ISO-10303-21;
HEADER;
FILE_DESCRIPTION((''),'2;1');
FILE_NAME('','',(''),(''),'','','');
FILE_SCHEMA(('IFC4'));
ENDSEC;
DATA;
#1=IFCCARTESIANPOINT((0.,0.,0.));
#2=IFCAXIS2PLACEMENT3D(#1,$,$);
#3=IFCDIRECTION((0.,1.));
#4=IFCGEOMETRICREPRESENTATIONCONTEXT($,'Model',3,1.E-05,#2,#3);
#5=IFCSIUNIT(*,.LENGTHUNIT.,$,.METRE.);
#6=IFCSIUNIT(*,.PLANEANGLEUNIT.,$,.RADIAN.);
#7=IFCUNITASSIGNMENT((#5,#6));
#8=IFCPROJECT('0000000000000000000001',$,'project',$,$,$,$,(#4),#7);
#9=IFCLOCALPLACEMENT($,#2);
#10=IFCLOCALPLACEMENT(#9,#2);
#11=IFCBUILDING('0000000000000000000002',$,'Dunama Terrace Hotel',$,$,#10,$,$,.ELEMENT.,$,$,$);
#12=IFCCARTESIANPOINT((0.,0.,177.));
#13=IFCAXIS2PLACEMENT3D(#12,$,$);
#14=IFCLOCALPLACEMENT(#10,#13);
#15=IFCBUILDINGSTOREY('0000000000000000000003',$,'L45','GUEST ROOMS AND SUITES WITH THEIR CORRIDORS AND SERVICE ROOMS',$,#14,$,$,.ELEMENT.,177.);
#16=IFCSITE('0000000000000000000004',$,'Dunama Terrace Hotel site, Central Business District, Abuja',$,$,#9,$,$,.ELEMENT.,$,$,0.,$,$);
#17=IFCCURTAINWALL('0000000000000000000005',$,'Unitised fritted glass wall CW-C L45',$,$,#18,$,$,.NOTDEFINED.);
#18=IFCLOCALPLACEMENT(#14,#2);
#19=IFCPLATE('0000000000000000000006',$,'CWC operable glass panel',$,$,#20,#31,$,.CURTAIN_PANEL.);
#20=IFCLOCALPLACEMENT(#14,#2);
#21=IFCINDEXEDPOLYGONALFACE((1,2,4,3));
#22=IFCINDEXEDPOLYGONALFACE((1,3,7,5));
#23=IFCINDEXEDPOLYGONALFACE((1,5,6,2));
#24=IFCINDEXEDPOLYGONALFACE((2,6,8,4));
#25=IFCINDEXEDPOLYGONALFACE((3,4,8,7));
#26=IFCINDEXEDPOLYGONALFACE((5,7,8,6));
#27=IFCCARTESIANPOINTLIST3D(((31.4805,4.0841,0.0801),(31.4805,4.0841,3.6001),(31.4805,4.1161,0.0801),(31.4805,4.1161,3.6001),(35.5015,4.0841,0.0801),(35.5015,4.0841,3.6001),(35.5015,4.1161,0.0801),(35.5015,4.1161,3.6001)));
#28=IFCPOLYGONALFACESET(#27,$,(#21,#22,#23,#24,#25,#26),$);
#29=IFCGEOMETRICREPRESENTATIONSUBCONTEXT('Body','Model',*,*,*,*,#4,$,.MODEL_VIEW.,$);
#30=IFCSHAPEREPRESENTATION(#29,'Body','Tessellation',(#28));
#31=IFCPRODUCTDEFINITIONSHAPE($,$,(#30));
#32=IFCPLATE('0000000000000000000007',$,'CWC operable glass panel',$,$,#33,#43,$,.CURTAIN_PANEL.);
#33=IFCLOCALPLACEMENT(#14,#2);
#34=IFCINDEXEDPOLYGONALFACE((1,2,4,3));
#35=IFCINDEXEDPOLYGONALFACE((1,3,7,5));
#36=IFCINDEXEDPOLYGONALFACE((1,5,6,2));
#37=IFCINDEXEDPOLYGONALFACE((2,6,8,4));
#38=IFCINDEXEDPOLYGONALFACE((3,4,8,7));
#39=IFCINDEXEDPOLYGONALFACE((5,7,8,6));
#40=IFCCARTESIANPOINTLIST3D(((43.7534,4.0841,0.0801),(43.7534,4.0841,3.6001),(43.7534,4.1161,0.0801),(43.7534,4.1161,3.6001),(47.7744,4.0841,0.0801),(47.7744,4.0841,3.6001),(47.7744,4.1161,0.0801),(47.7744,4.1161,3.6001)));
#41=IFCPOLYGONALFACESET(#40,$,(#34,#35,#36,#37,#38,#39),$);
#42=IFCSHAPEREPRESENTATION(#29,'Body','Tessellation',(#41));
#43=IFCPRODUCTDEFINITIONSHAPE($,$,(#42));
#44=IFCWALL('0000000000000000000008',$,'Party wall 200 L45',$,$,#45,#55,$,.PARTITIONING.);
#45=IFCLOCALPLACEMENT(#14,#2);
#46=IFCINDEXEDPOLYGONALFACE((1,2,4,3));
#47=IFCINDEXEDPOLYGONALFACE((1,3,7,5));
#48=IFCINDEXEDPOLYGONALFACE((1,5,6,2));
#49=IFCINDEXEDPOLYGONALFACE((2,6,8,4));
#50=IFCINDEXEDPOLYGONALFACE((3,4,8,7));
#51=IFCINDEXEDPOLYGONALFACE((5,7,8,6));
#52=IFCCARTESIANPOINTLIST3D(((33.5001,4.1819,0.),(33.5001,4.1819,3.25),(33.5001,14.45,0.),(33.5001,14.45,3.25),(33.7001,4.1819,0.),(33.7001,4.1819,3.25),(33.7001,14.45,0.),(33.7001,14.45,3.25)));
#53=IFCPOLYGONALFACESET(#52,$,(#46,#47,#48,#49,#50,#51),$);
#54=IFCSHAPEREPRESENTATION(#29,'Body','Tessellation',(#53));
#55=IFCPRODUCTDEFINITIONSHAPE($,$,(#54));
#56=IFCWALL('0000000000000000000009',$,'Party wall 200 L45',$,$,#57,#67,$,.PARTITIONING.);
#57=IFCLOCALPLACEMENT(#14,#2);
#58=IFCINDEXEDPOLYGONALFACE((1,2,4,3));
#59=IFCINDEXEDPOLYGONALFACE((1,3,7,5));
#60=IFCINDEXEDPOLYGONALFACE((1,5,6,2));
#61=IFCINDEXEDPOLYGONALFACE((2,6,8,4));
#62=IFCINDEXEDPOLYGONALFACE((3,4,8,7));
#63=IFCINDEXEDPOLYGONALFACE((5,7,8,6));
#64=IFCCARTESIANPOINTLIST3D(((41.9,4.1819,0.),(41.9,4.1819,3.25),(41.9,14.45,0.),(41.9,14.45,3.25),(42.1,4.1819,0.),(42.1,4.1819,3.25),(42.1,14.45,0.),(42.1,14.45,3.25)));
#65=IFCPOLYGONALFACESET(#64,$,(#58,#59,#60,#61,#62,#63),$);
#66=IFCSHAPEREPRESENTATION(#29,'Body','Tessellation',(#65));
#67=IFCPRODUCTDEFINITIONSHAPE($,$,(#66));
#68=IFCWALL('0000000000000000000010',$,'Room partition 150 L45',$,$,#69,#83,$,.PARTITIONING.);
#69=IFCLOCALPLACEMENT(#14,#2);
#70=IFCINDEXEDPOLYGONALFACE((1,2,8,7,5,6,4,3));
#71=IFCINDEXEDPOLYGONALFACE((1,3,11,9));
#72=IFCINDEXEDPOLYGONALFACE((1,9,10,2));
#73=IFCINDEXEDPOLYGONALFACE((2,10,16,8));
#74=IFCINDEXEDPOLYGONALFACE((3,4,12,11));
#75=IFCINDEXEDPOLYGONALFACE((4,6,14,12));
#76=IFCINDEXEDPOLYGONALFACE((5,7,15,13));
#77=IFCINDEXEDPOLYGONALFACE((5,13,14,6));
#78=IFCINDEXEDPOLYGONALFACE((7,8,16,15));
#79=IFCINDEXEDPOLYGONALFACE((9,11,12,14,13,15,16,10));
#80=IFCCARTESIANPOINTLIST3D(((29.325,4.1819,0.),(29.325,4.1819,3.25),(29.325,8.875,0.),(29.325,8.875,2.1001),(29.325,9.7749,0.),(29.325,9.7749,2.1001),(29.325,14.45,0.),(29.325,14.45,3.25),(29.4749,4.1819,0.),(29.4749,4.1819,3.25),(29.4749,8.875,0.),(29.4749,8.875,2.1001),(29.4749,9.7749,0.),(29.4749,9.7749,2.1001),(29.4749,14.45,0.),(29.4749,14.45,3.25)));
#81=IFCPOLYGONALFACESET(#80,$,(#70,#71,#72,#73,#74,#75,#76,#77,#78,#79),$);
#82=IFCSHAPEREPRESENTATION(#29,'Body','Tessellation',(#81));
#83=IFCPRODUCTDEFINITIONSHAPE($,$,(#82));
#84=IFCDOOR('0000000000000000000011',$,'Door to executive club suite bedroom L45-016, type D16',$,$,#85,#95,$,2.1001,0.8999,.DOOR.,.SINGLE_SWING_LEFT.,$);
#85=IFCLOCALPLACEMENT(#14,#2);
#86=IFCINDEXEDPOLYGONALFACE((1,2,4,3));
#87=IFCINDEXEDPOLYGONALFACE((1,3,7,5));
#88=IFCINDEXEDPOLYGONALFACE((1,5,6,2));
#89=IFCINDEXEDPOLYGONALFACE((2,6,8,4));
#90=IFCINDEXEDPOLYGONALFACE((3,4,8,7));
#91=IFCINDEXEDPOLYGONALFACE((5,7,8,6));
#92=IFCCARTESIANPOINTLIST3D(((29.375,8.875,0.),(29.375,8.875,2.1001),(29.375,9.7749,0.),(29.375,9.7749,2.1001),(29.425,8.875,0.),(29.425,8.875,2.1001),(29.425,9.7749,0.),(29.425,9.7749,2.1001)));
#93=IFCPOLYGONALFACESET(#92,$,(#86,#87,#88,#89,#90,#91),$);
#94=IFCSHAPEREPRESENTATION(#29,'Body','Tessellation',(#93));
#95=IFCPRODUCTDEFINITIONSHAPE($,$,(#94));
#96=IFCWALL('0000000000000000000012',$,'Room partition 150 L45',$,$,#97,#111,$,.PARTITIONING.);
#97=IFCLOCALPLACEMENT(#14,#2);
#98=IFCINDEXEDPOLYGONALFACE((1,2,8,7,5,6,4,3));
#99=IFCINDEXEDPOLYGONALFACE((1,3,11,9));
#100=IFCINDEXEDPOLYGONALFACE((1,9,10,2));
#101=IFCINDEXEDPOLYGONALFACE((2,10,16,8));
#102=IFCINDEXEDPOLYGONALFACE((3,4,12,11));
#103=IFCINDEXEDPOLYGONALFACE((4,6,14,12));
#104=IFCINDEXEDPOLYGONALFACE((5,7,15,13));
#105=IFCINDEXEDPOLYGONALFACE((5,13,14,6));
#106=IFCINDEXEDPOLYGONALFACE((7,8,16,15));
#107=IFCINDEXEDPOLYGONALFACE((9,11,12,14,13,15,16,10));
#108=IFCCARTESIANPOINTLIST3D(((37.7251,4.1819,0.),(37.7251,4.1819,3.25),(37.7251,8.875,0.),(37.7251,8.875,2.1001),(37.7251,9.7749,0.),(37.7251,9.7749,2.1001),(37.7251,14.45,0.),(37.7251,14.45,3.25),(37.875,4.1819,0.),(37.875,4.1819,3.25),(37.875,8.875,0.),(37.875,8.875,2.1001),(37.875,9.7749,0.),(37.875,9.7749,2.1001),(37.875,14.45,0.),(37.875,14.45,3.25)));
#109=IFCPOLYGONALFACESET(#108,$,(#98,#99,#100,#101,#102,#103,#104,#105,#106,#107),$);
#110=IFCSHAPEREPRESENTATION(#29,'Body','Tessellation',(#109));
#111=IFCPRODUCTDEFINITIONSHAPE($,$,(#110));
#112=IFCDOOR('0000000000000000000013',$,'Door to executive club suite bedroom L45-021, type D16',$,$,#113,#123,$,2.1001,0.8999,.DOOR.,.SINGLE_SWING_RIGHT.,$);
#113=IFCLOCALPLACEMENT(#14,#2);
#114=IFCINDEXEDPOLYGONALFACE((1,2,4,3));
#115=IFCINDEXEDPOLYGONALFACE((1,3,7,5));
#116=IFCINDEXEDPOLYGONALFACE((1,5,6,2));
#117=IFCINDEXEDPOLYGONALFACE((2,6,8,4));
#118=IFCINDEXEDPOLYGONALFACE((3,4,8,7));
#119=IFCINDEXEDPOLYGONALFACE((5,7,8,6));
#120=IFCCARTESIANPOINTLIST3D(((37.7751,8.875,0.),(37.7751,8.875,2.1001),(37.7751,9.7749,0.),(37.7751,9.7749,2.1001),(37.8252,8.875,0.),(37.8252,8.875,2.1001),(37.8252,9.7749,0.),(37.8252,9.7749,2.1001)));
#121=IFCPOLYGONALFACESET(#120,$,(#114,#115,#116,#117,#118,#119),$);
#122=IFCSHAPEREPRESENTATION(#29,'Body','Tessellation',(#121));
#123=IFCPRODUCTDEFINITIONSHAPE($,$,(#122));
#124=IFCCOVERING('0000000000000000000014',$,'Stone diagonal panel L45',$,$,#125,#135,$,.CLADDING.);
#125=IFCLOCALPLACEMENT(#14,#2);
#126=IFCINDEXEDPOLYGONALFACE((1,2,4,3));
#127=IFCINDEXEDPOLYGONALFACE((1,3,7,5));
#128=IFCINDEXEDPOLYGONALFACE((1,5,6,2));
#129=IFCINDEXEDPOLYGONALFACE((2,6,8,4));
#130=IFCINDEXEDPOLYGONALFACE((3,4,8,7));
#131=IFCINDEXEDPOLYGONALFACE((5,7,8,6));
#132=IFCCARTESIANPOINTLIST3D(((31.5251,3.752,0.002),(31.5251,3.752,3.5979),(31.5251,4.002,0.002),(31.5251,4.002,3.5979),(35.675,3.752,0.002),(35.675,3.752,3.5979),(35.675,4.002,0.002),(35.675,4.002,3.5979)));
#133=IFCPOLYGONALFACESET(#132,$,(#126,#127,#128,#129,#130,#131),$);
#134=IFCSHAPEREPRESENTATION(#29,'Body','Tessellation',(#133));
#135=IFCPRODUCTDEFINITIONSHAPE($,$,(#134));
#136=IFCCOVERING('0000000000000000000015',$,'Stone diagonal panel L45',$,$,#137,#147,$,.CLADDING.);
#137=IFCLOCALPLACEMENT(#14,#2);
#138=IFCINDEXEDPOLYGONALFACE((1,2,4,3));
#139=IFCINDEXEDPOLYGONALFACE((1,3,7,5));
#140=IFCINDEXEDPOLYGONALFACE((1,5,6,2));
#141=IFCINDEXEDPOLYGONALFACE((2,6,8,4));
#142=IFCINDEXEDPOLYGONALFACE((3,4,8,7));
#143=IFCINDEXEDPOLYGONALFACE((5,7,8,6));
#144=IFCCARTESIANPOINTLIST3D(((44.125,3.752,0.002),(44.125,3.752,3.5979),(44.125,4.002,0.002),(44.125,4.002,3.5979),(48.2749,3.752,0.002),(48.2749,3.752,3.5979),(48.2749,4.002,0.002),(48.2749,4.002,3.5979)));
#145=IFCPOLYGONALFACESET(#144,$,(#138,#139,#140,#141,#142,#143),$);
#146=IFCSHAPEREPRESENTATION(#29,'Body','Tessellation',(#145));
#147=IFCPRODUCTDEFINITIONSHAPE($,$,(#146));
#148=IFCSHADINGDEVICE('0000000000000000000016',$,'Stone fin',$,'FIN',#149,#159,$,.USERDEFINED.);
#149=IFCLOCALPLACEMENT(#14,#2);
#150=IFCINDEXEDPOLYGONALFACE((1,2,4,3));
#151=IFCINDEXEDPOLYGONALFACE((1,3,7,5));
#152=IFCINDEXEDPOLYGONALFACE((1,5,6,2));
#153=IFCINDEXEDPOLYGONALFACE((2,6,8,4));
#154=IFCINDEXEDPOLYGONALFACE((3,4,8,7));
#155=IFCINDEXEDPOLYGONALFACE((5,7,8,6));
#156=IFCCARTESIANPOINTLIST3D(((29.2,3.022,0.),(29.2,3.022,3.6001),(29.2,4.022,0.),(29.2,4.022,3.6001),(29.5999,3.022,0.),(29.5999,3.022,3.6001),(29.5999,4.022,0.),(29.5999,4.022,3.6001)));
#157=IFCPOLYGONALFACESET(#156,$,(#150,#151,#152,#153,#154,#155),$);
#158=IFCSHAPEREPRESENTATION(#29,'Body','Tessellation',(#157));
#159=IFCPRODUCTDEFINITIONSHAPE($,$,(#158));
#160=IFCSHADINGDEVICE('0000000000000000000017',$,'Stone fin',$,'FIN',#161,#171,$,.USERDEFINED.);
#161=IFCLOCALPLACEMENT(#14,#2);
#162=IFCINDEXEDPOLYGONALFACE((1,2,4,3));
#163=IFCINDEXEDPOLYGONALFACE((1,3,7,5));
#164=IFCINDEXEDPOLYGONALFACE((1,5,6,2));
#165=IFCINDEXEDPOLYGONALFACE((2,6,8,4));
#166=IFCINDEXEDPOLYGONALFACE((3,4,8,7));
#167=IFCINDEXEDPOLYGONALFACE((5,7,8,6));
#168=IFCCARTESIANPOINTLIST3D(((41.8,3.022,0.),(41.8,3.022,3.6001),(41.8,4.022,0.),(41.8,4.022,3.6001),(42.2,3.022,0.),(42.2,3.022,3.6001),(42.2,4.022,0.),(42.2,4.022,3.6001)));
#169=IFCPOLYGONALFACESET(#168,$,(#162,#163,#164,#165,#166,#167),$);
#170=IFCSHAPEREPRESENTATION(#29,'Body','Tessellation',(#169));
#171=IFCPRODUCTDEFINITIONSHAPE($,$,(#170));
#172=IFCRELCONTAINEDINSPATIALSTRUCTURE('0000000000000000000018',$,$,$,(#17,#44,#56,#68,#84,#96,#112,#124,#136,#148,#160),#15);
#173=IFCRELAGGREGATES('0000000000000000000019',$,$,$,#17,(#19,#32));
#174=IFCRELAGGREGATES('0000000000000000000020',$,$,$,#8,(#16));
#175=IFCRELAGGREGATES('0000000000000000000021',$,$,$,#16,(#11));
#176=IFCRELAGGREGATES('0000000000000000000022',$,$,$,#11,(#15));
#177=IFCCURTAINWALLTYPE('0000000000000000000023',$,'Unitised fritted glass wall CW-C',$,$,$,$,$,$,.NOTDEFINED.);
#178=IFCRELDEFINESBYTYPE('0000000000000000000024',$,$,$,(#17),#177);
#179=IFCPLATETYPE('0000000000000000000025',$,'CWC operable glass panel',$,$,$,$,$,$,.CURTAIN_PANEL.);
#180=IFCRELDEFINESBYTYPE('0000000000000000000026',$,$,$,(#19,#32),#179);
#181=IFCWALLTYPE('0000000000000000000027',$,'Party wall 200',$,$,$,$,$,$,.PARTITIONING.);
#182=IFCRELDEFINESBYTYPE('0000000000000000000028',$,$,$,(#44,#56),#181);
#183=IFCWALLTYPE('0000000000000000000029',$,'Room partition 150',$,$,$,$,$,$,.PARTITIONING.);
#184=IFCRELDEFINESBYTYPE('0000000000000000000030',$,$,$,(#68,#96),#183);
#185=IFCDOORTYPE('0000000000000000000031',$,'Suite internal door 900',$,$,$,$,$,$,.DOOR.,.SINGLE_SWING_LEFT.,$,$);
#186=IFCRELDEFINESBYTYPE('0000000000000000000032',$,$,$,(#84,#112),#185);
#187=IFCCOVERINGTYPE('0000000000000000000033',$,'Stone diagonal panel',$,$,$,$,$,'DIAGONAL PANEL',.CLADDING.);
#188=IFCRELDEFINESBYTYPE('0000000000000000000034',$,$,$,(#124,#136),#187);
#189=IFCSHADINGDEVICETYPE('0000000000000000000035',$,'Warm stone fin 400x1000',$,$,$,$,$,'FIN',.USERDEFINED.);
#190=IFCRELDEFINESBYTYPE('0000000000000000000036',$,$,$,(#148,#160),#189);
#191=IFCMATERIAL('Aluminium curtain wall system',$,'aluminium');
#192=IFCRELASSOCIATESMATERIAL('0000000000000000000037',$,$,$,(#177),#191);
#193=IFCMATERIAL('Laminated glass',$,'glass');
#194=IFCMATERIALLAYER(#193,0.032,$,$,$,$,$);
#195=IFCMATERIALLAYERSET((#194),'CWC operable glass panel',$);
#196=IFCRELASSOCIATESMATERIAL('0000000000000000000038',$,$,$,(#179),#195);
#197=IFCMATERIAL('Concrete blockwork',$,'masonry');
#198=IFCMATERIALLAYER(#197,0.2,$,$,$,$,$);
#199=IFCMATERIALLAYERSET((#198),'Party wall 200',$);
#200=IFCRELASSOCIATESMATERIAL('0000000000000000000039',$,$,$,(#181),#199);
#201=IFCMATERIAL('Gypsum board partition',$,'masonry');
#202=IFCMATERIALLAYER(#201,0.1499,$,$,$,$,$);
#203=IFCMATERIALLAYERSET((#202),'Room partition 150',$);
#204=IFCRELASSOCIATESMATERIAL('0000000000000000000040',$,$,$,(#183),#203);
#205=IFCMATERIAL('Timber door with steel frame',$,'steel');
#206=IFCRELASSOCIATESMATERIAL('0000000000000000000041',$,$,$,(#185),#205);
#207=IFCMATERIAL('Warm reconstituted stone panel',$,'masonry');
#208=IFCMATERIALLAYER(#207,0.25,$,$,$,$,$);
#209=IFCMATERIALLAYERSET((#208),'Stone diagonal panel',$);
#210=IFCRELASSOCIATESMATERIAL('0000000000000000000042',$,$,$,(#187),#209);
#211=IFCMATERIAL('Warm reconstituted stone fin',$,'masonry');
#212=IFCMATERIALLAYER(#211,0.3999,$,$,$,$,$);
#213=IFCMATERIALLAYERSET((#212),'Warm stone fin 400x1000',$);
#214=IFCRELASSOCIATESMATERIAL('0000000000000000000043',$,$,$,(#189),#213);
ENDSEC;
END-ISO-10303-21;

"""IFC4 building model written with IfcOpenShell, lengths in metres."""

from ifc_helpers import new_model, si_unit, direction, frame, frame_2d, origin, origin_2d, place, context, subcontext, project, spatial, rectangle, extrude, material, layer, layer_set, type_object, element, fill, aggregate, save


model = new_model("IFC4")

# Units and contexts
model_context = context("Model", 3, precision=1e-05, world=origin(), true_north=direction((0.0, 1.0)))
body_context = subcontext(model_context, "Body", "Model", "MODEL_VIEW")
ifc_project = project(units=[si_unit("LENGTHUNIT", "METRE"), si_unit("PLANEANGLEUNIT", "RADIAN")], contexts=[model_context])

# Site, building, storey
site_placement = place(None, origin())
site = spatial("IfcSite", under=ifc_project, at=site_placement, Name="Dunama Terrace Hotel site, Central Business District, Abuja", CompositionType="ELEMENT", RefElevation=0.0)
building_placement = place(site_placement, origin())
building = spatial("IfcBuilding", under=site, at=building_placement, Name="Dunama Terrace Hotel", CompositionType="ELEMENT")
storey_placement = place(building_placement, frame((0.0, 0.0, 177.0)))
storey = spatial("IfcBuildingStorey", under=building, at=storey_placement, Name="L45", Description="GUEST ROOMS AND SUITES WITH THEIR CORRIDORS AND SERVICE ROOMS", CompositionType="ELEMENT", Elevation=177.0)

# Curtain wall
ifc_material_1 = material(Name="Aluminium curtain wall system", Category="aluminium")
curtain_wall_type = type_object("IfcCurtainWallType", Name="Unitised fritted glass wall CW-C", PredefinedType="NOTDEFINED", material=ifc_material_1)
curtain_wall_placement = place(storey_placement, origin())
curtain_wall = element("IfcCurtainWall", 1, at=curtain_wall_placement, inside=storey, type_object=curtain_wall_type, Name="Unitised fritted glass wall CW-C L45", PredefinedType="NOTDEFINED")

# Plates
ifc_material_2 = material(Name="Laminated glass", Category="glass")
ifc_layer_1 = layer(ifc_material_2, 0.032)
ifc_layer_set_1 = layer_set([ifc_layer_1], Name="CWC operable glass panel")
plate_type_1 = type_object("IfcPlateType", Name="CWC operable glass panel", PredefinedType="CURTAIN_PANEL", material=ifc_layer_set_1)
plate_1_placement = place(storey_placement, frame((33.491, 4.1001, 0.0801), z_axis=(0.0, 0.0, 1.0), x_axis=(1.0, 0.0, 0.0)))
plate_1 = element("IfcPlate", 2, at=plate_1_placement, type_object=plate_type_1, Name="CWC operable glass panel", PredefinedType="CURTAIN_PANEL", context=body_context, shape_type="SweptSolid", body=[
    extrude(rectangle(XDim=4.021, YDim=0.032, at=origin_2d()), origin(), (0.0, 0.0, 1.0), 3.52),
])
plate_2_placement = place(storey_placement, frame((45.7639, 4.1001, 0.0801), z_axis=(0.0, 0.0, 1.0), x_axis=(1.0, 0.0, 0.0)))
plate_2 = element("IfcPlate", 3, at=plate_2_placement, type_object=plate_type_1, Name="CWC operable glass panel", PredefinedType="CURTAIN_PANEL", context=body_context, shape_type="SweptSolid", body=[
    extrude(rectangle(XDim=4.021, YDim=0.032, at=origin_2d()), origin(), (0.0, 0.0, 1.0), 3.52),
])
aggregate(curtain_wall, [plate_1, plate_2])

# Walls
ifc_material_3 = material(Name="Concrete blockwork", Category="masonry")
ifc_layer_2 = layer(ifc_material_3, 0.2)
ifc_layer_set_2 = layer_set([ifc_layer_2], Name="Party wall 200")
wall_type_1 = type_object("IfcWallType", Name="Party wall 200", PredefinedType="PARTITIONING", material=ifc_layer_set_2)
for number, where, z_axis, x_axis, name in (
    (4, (33.6001, 4.1819, 0.0), (0.0, 0.0, 1.0), (0.0, 1.0, 0.0), "Party wall 200 L45"),
    (5, (42.0, 4.1819, 0.0), (0.0, 0.0, 1.0), (0.0, 1.0, 0.0), "Party wall 200 L45"),
):
    element("IfcWall", number, at=place(storey_placement, frame(where, z_axis=z_axis, x_axis=x_axis)), inside=storey, type_object=wall_type_1, Name=name, PredefinedType="PARTITIONING", context=body_context, shape_type="SweptSolid", body=[
        extrude(rectangle(XDim=10.2681, YDim=0.2, at=frame_2d((5.134, 0.0))), origin(), (0.0, 0.0, 1.0), 3.25),
    ])

# Walls, openings, doors
ifc_material_4 = material(Name="Gypsum board partition", Category="masonry")
ifc_layer_3 = layer(ifc_material_4, 0.1499)
ifc_layer_set_3 = layer_set([ifc_layer_3], Name="Room partition 150")
wall_type_2 = type_object("IfcWallType", Name="Room partition 150", PredefinedType="PARTITIONING", material=ifc_layer_set_3)
wall_1_placement = place(storey_placement, frame((29.3999, 4.1819, 0.0), z_axis=(0.0, 0.0, 1.0), x_axis=(0.0, 1.0, 0.0)))
wall_1 = element("IfcWall", 6, at=wall_1_placement, inside=storey, type_object=wall_type_2, Name="Room partition 150 L45", PredefinedType="PARTITIONING", context=body_context, shape_type="SweptSolid", body=[
    extrude(rectangle(XDim=10.2681, YDim=0.1499, at=frame_2d((5.134, 0.0))), origin(), (0.0, 0.0, 1.0), 3.25),
])
opening_1_placement = place(wall_1_placement, frame((4.6931, 0.0, 0.0)))
opening_1 = element("IfcOpeningElement", 7, at=opening_1_placement, cuts=wall_1, PredefinedType="OPENING", context=body_context, shape_type="SweptSolid", body=[
    extrude(rectangle(XDim=0.8999, YDim=2.1001, at=frame_2d((0.45, 1.05))), frame((0.0, 0.085, 0.0), z_axis=(0.0, -1.0, 0.0), x_axis=(1.0, 0.0, 0.0)), (0.0, 0.0, 1.0), 0.1699),
])
ifc_material_5 = material(Name="Timber door with steel frame", Category="steel")
door_type = type_object("IfcDoorType", Name="Suite internal door 900", OperationType="SINGLE_SWING_LEFT", PredefinedType="DOOR", material=ifc_material_5)
door_1_placement = place(opening_1_placement, origin())
door_1 = element("IfcDoor", 8, at=door_1_placement, inside=storey, type_object=door_type, Name="Door to executive club suite bedroom L45-016, type D16", OperationType="SINGLE_SWING_LEFT", OverallHeight=2.1001, OverallWidth=0.8999, PredefinedType="DOOR", context=body_context, shape_type="SweptSolid", body=[
    extrude(rectangle(XDim=0.8999, YDim=2.1001, at=frame_2d((0.45, 1.05))), frame((0.0, 0.0249, 0.0), z_axis=(0.0, -1.0, 0.0), x_axis=(1.0, 0.0, 0.0)), (0.0, 0.0, 1.0), 0.05),
])
fill(opening_1, door_1)
wall_2_placement = place(storey_placement, frame((37.8, 4.1819, 0.0), z_axis=(0.0, 0.0, 1.0), x_axis=(0.0, 1.0, 0.0)))
wall_2 = element("IfcWall", 9, at=wall_2_placement, inside=storey, type_object=wall_type_2, Name="Room partition 150 L45", PredefinedType="PARTITIONING", context=body_context, shape_type="SweptSolid", body=[
    extrude(rectangle(XDim=10.2681, YDim=0.1499, at=frame_2d((5.134, 0.0))), origin(), (0.0, 0.0, 1.0), 3.25),
])
opening_2_placement = place(wall_2_placement, frame((4.6931, 0.0, 0.0)))
opening_2 = element("IfcOpeningElement", 10, at=opening_2_placement, cuts=wall_2, PredefinedType="OPENING", context=body_context, shape_type="SweptSolid", body=[
    extrude(rectangle(XDim=0.8999, YDim=2.1001, at=frame_2d((0.45, 1.05))), frame((0.0, 0.085, 0.0), z_axis=(0.0, -1.0, 0.0), x_axis=(1.0, 0.0, 0.0)), (0.0, 0.0, 1.0), 0.1699),
])
door_2_placement = place(opening_2_placement, frame((0.8999, 0.0, 0.0), z_axis=(0.0, 0.0, 1.0), x_axis=(-1.0, 0.0, 0.0)))
door_2 = element("IfcDoor", 11, at=door_2_placement, inside=storey, type_object=door_type, Name="Door to executive club suite bedroom L45-021, type D16", OperationType="SINGLE_SWING_RIGHT", OverallHeight=2.1001, OverallWidth=0.8999, PredefinedType="DOOR", context=body_context, shape_type="SweptSolid", body=[
    extrude(rectangle(XDim=0.8999, YDim=2.1001, at=frame_2d((0.45, 1.05))), frame((0.0, 0.0251, 0.0), z_axis=(0.0, -1.0, 0.0), x_axis=(1.0, 0.0, 0.0)), (0.0, 0.0, 1.0), 0.05),
])
fill(opening_2, door_2)

# Coverings
ifc_material_6 = material(Name="Warm reconstituted stone panel", Category="masonry")
ifc_layer_4 = layer(ifc_material_6, 0.25)
ifc_layer_set_4 = layer_set([ifc_layer_4], Name="Stone diagonal panel")
covering_type = type_object("IfcCoveringType", Name="Stone diagonal panel", ElementType="DIAGONAL PANEL", PredefinedType="CLADDING", material=ifc_layer_set_4)
for number, where, z_axis, x_axis, name in (
    (12, (33.6001, 3.877, 0.002), (0.0, 0.0, 1.0), (1.0, 0.0, 0.0), "Stone diagonal panel L45"),
    (13, (46.2, 3.877, 0.002), (0.0, 0.0, 1.0), (1.0, 0.0, 0.0), "Stone diagonal panel L45"),
):
    element("IfcCovering", number, at=place(storey_placement, frame(where, z_axis=z_axis, x_axis=x_axis)), inside=storey, type_object=covering_type, Name=name, PredefinedType="CLADDING", context=body_context, shape_type="SweptSolid", body=[
        extrude(rectangle(XDim=4.1499, YDim=0.25, at=origin_2d()), origin(), (0.0, 0.0, 1.0), 3.5959),
    ])

# Shading devices
ifc_material_7 = material(Name="Warm reconstituted stone fin", Category="masonry")
ifc_layer_5 = layer(ifc_material_7, 0.3999)
ifc_layer_set_5 = layer_set([ifc_layer_5], Name="Warm stone fin 400x1000")
shading_device_type = type_object("IfcShadingDeviceType", Name="Warm stone fin 400x1000", ElementType="FIN", PredefinedType="USERDEFINED", material=ifc_layer_set_5)
for number, where, z_axis, x_axis, name in (
    (14, (29.3999, 3.522, 0.0), (0.0, 0.0, 1.0), (1.0, 0.0, 0.0), "Stone fin"),
    (15, (42.0, 3.522, 0.0), (0.0, 0.0, 1.0), (1.0, 0.0, 0.0), "Stone fin"),
):
    element("IfcShadingDevice", number, at=place(storey_placement, frame(where, z_axis=z_axis, x_axis=x_axis)), inside=storey, type_object=shading_device_type, Name=name, ObjectType="FIN", PredefinedType="USERDEFINED", context=body_context, shape_type="SweptSolid", body=[
        extrude(rectangle(XDim=0.3999, YDim=1.0, at=origin_2d()), origin(), (0.0, 0.0, 1.0), 3.6001),
    ])

save(model, "model.ifc")
